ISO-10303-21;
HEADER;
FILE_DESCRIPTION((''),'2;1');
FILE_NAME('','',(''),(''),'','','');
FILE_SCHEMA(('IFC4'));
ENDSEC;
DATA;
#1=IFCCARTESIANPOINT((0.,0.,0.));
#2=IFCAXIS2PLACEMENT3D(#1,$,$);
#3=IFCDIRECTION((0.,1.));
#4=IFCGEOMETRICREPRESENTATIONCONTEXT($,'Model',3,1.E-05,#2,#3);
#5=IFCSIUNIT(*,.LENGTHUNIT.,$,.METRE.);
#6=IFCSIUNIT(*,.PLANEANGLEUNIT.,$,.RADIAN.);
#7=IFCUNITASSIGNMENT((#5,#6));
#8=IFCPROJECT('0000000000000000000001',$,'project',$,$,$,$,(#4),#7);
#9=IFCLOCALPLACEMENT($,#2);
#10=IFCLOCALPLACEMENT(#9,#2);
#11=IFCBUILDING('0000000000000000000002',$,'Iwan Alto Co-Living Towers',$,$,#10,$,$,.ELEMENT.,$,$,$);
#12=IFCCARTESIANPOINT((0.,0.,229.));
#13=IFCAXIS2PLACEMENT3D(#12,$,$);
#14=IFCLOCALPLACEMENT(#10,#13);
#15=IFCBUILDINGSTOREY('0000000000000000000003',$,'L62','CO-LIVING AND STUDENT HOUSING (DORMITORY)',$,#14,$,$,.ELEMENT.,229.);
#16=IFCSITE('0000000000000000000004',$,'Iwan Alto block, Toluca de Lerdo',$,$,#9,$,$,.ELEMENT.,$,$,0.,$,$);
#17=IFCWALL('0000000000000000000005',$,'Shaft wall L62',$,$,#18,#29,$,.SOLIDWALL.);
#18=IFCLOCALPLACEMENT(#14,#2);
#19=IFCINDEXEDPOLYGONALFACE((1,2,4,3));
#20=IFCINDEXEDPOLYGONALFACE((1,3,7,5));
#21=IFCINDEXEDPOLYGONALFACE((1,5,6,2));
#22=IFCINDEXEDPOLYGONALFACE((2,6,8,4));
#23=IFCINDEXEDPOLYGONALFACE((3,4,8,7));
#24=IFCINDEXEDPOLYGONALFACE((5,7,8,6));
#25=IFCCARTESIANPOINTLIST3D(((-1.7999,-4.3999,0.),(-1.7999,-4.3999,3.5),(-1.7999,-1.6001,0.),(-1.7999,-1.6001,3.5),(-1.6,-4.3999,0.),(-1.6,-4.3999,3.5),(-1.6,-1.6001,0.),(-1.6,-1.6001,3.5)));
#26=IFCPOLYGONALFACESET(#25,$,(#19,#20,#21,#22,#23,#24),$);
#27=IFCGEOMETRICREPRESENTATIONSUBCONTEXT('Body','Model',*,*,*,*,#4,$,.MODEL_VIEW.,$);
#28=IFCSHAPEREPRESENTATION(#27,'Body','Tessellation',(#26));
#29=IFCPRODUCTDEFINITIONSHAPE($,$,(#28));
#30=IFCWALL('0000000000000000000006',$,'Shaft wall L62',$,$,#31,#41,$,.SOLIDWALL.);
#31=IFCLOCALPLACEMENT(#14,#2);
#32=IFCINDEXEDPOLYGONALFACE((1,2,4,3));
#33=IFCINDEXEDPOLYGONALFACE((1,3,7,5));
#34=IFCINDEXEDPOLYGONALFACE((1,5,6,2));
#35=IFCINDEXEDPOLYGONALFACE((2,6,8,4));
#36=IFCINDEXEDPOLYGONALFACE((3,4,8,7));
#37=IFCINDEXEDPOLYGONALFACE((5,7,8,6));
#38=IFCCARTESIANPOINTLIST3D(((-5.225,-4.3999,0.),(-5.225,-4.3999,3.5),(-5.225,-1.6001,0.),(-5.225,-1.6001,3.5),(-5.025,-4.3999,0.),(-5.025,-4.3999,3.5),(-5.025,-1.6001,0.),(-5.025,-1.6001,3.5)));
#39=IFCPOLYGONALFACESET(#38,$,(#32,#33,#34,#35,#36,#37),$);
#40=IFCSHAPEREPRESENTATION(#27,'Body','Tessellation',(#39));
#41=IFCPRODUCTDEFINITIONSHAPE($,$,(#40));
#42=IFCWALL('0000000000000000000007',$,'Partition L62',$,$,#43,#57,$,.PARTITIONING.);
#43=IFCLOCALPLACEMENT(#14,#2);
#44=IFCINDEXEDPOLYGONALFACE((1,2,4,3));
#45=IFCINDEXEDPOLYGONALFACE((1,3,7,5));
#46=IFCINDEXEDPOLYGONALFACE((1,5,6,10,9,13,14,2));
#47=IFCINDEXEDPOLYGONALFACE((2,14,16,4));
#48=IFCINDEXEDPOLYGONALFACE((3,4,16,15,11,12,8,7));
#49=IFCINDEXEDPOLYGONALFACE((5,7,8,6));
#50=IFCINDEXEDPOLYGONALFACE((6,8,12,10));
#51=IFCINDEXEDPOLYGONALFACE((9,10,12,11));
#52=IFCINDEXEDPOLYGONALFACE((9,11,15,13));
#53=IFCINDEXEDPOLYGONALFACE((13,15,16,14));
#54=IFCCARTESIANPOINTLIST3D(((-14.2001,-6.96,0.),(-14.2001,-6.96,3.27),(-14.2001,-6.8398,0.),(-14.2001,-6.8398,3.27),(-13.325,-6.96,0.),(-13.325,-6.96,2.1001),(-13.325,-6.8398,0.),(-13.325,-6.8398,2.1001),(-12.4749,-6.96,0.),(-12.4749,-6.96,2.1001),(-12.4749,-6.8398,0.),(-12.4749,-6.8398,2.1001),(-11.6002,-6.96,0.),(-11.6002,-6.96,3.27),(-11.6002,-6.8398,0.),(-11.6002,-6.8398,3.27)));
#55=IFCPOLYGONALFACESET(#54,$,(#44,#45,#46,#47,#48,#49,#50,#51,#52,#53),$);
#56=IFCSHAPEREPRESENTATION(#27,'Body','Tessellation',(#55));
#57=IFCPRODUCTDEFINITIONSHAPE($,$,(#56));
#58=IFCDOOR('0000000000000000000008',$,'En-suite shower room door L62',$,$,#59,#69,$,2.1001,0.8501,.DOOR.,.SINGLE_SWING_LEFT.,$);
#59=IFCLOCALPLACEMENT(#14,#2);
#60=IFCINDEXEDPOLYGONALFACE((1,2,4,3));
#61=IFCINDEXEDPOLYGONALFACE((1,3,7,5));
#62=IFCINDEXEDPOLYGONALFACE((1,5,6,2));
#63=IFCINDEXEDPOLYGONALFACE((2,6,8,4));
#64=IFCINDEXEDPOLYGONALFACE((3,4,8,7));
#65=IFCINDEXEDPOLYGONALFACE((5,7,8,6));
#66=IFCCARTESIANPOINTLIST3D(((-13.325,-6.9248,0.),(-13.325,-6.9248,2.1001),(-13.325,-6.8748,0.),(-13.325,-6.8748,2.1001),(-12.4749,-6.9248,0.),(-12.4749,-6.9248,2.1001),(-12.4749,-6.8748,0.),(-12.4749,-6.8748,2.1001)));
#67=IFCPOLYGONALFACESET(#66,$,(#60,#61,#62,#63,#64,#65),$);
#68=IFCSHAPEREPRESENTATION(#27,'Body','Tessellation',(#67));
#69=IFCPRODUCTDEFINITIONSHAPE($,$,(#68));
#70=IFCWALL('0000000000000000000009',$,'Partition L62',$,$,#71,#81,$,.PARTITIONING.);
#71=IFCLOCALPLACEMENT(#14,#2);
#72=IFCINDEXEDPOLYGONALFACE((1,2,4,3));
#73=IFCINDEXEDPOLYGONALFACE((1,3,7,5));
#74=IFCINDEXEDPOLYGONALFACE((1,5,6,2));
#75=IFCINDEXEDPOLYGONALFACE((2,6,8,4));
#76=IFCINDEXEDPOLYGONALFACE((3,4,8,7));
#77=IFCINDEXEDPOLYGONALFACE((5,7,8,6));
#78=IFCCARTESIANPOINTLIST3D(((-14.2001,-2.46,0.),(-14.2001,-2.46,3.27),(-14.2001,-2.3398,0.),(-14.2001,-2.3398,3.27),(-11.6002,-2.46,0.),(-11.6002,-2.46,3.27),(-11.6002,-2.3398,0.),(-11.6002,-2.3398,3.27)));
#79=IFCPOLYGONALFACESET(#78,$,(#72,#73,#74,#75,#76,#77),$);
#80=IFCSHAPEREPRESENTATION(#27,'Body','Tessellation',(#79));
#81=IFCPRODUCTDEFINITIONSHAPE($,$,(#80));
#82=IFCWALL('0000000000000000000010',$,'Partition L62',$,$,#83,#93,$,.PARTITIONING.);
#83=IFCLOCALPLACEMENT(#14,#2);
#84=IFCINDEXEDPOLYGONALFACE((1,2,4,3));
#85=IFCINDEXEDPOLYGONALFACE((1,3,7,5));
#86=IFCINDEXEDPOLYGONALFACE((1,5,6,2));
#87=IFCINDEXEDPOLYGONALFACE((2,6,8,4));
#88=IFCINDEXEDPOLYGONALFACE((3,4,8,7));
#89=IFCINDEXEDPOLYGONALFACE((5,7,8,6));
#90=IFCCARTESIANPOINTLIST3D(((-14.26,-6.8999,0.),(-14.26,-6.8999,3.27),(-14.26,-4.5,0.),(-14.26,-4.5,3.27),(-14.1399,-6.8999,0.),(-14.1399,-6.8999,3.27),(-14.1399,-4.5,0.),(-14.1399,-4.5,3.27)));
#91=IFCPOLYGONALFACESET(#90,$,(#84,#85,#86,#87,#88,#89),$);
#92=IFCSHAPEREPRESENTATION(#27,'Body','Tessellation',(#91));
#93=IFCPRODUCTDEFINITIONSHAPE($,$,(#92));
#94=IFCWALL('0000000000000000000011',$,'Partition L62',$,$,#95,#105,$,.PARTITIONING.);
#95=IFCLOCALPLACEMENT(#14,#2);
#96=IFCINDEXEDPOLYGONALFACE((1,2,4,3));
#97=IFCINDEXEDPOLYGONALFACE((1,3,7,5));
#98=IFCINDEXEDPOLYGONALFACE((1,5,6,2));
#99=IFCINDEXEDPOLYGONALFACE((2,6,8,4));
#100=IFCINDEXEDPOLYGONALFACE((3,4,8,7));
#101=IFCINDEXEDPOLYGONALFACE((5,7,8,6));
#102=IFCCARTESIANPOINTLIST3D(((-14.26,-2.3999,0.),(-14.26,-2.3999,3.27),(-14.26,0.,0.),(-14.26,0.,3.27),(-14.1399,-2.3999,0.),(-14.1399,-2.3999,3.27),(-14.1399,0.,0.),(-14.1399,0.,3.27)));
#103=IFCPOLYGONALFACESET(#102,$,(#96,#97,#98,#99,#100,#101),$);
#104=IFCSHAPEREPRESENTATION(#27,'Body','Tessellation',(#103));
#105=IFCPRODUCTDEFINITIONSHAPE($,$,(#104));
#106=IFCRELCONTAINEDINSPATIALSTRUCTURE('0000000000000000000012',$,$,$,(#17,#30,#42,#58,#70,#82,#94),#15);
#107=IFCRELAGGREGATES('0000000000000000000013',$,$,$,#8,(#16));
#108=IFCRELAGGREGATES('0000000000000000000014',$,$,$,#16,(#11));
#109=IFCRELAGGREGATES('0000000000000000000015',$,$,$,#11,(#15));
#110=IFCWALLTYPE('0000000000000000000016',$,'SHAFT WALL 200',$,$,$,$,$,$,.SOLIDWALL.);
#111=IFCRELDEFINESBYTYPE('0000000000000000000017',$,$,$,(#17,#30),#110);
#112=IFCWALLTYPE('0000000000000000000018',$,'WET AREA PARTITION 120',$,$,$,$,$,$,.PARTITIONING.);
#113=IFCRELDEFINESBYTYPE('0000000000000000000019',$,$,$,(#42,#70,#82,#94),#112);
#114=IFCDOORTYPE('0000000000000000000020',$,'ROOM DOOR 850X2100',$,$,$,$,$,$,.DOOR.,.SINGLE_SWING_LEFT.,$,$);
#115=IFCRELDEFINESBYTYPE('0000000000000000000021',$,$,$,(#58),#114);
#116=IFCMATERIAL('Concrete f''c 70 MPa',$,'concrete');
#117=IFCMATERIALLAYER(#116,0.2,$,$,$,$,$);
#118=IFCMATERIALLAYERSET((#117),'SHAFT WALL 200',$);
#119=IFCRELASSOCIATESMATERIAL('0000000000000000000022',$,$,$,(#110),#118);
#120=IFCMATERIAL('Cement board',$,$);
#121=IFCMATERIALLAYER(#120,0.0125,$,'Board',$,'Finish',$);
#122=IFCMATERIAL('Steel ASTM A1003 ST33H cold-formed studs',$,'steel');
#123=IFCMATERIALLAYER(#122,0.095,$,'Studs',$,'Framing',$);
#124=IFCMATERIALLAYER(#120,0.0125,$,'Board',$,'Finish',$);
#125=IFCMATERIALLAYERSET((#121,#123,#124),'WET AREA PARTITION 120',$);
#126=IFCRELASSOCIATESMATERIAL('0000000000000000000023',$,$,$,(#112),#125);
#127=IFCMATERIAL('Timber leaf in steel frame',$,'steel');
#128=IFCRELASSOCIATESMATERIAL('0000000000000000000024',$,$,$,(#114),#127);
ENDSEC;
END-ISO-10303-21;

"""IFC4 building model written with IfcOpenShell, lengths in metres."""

from ifc_helpers import new_model, si_unit, direction, frame, frame_2d, origin, place, context, subcontext, project, spatial, rectangle, extrude, material, layer, layer_set, type_object, element, fill, save


model = new_model("IFC4")

# Units and contexts
model_context = context("Model", 3, precision=1e-05, world=origin(), true_north=direction((0.0, 1.0)))
body_context = subcontext(model_context, "Body", "Model", "MODEL_VIEW")
ifc_project = project(units=[si_unit("LENGTHUNIT", "METRE"), si_unit("PLANEANGLEUNIT", "RADIAN")], contexts=[model_context])

# Site, building, storey
site_placement = place(None, origin())
site = spatial("IfcSite", under=ifc_project, at=site_placement, Name="Iwan Alto block, Toluca de Lerdo", CompositionType="ELEMENT", RefElevation=0.0)
building_placement = place(site_placement, origin())
building = spatial("IfcBuilding", under=site, at=building_placement, Name="Iwan Alto Co-Living Towers", CompositionType="ELEMENT")
storey_placement = place(building_placement, frame((0.0, 0.0, 229.0)))
storey = spatial("IfcBuildingStorey", under=building, at=storey_placement, Name="L62", Description="CO-LIVING AND STUDENT HOUSING (DORMITORY)", CompositionType="ELEMENT", Elevation=229.0)

# Shared definitions
ifc_material_1 = material(Name="Steel ASTM A1003 ST33H cold-formed studs", Category="steel")
ifc_material_2 = material(Name="Concrete f'c 70 MPa", Category="concrete")
ifc_layer_1 = layer(ifc_material_2, 0.2)
ifc_layer_set_1 = layer_set([ifc_layer_1], Name="SHAFT WALL 200")
wall_type_1 = type_object("IfcWallType", Name="SHAFT WALL 200", PredefinedType="SOLIDWALL", material=ifc_layer_set_1)

# Walls
for number, where, z_axis, x_axis, name in (
    (1, (-1.7, -4.3999, 0.0), (0.0, 0.0, 1.0), (0.0, 1.0, 0.0), "Shaft wall L62"),
    (2, (-5.125, -4.3999, 0.0), (0.0, 0.0, 1.0), (0.0, 1.0, 0.0), "Shaft wall L62"),
):
    element("IfcWall", number, at=place(storey_placement, frame(where, z_axis=z_axis, x_axis=x_axis)), inside=storey, type_object=wall_type_1, Name=name, PredefinedType="SOLIDWALL", context=body_context, shape_type="SweptSolid", body=[
        extrude(rectangle(XDim=2.7998, YDim=0.2, at=frame_2d((1.3999, 0.0))), origin(), (0.0, 0.0, 1.0), 3.5),
    ])

# Wall, opening, door
ifc_material_3 = material(Name="Cement board")
ifc_layer_2 = layer(ifc_material_3, 0.0125, Name="Board", Category="Finish")
ifc_layer_3 = layer(ifc_material_1, 0.095, Name="Studs", Category="Framing")
ifc_layer_4 = layer(ifc_material_3, 0.0125, Name="Board", Category="Finish")
ifc_layer_set_2 = layer_set([ifc_layer_2, ifc_layer_3, ifc_layer_4], Name="WET AREA PARTITION 120")
wall_type_2 = type_object("IfcWallType", Name="WET AREA PARTITION 120", PredefinedType="PARTITIONING", material=ifc_layer_set_2)
wall_1_placement = place(storey_placement, frame((-14.2, -6.8999, 0.0), z_axis=(0.0, 0.0, 1.0), x_axis=(1.0, 0.0, 0.0)))
wall_1 = element("IfcWall", 3, at=wall_1_placement, inside=storey, type_object=wall_type_2, Name="Partition L62", PredefinedType="PARTITIONING", context=body_context, shape_type="SweptSolid", body=[
    extrude(rectangle(XDim=2.5999, YDim=0.1201, at=frame_2d((1.2998, 0.0))), origin(), (0.0, 0.0, 1.0), 3.27),
])
opening_1_placement = place(wall_1_placement, frame((0.875, 0.0, 0.0)))
opening_1 = element("IfcOpeningElement", 4, at=opening_1_placement, cuts=wall_1, PredefinedType="OPENING", context=body_context, shape_type="SweptSolid", body=[
    extrude(rectangle(XDim=0.8501, YDim=2.1001, at=frame_2d((0.425, 1.05))), frame((0.0, 0.0701, 0.0), z_axis=(0.0, -1.0, 0.0), x_axis=(1.0, 0.0, 0.0)), (0.0, 0.0, 1.0), 0.1401),
])
ifc_material_4 = material(Name="Timber leaf in steel frame", Category="steel")
door_type_1 = type_object("IfcDoorType", Name="ROOM DOOR 850X2100", OperationType="SINGLE_SWING_LEFT", PredefinedType="DOOR", material=ifc_material_4)
door_1_placement = place(opening_1_placement, frame((0.8501, 0.0, 0.0), z_axis=(0.0, 0.0, 1.0), x_axis=(-1.0, 0.0, 0.0)))
door_1 = element("IfcDoor", 5, at=door_1_placement, inside=storey, type_object=door_type_1, Name="En-suite shower room door L62", OperationType="SINGLE_SWING_LEFT", OverallHeight=2.1001, OverallWidth=0.8501, PredefinedType="DOOR", context=body_context, shape_type="SweptSolid", body=[
    extrude(rectangle(XDim=0.8501, YDim=2.1001, at=frame_2d((0.425, 1.05))), frame((0.0, 0.0249, 0.0), z_axis=(0.0, -1.0, 0.0), x_axis=(1.0, 0.0, 0.0)), (0.0, 0.0, 1.0), 0.05),
])
fill(opening_1, door_1)

# Walls
wall_2_placement = place(storey_placement, frame((-14.2, -2.3999, 0.0), z_axis=(0.0, 0.0, 1.0), x_axis=(1.0, 0.0, 0.0)))
element("IfcWall", 6, at=wall_2_placement, inside=storey, type_object=wall_type_2, Name="Partition L62", PredefinedType="PARTITIONING", context=body_context, shape_type="SweptSolid", body=[
    extrude(rectangle(XDim=2.5999, YDim=0.1201, at=frame_2d((1.2998, 0.0))), origin(), (0.0, 0.0, 1.0), 3.27),
])
for number, where, z_axis, x_axis, name in (
    (7, (-14.2, -6.8999, 0.0), (0.0, 0.0, 1.0), (0.0, 1.0, 0.0), "Partition L62"),
    (8, (-14.2, -2.3999, 0.0), (0.0, 0.0, 1.0), (0.0, 1.0, 0.0), "Partition L62"),
):
    element("IfcWall", number, at=place(storey_placement, frame(where, z_axis=z_axis, x_axis=x_axis)), inside=storey, type_object=wall_type_2, Name=name, PredefinedType="PARTITIONING", context=body_context, shape_type="SweptSolid", body=[
        extrude(rectangle(XDim=2.3999, YDim=0.1201, at=frame_2d((1.2, 0.0))), origin(), (0.0, 0.0, 1.0), 3.27),
    ])

save(model, "model.ifc")
